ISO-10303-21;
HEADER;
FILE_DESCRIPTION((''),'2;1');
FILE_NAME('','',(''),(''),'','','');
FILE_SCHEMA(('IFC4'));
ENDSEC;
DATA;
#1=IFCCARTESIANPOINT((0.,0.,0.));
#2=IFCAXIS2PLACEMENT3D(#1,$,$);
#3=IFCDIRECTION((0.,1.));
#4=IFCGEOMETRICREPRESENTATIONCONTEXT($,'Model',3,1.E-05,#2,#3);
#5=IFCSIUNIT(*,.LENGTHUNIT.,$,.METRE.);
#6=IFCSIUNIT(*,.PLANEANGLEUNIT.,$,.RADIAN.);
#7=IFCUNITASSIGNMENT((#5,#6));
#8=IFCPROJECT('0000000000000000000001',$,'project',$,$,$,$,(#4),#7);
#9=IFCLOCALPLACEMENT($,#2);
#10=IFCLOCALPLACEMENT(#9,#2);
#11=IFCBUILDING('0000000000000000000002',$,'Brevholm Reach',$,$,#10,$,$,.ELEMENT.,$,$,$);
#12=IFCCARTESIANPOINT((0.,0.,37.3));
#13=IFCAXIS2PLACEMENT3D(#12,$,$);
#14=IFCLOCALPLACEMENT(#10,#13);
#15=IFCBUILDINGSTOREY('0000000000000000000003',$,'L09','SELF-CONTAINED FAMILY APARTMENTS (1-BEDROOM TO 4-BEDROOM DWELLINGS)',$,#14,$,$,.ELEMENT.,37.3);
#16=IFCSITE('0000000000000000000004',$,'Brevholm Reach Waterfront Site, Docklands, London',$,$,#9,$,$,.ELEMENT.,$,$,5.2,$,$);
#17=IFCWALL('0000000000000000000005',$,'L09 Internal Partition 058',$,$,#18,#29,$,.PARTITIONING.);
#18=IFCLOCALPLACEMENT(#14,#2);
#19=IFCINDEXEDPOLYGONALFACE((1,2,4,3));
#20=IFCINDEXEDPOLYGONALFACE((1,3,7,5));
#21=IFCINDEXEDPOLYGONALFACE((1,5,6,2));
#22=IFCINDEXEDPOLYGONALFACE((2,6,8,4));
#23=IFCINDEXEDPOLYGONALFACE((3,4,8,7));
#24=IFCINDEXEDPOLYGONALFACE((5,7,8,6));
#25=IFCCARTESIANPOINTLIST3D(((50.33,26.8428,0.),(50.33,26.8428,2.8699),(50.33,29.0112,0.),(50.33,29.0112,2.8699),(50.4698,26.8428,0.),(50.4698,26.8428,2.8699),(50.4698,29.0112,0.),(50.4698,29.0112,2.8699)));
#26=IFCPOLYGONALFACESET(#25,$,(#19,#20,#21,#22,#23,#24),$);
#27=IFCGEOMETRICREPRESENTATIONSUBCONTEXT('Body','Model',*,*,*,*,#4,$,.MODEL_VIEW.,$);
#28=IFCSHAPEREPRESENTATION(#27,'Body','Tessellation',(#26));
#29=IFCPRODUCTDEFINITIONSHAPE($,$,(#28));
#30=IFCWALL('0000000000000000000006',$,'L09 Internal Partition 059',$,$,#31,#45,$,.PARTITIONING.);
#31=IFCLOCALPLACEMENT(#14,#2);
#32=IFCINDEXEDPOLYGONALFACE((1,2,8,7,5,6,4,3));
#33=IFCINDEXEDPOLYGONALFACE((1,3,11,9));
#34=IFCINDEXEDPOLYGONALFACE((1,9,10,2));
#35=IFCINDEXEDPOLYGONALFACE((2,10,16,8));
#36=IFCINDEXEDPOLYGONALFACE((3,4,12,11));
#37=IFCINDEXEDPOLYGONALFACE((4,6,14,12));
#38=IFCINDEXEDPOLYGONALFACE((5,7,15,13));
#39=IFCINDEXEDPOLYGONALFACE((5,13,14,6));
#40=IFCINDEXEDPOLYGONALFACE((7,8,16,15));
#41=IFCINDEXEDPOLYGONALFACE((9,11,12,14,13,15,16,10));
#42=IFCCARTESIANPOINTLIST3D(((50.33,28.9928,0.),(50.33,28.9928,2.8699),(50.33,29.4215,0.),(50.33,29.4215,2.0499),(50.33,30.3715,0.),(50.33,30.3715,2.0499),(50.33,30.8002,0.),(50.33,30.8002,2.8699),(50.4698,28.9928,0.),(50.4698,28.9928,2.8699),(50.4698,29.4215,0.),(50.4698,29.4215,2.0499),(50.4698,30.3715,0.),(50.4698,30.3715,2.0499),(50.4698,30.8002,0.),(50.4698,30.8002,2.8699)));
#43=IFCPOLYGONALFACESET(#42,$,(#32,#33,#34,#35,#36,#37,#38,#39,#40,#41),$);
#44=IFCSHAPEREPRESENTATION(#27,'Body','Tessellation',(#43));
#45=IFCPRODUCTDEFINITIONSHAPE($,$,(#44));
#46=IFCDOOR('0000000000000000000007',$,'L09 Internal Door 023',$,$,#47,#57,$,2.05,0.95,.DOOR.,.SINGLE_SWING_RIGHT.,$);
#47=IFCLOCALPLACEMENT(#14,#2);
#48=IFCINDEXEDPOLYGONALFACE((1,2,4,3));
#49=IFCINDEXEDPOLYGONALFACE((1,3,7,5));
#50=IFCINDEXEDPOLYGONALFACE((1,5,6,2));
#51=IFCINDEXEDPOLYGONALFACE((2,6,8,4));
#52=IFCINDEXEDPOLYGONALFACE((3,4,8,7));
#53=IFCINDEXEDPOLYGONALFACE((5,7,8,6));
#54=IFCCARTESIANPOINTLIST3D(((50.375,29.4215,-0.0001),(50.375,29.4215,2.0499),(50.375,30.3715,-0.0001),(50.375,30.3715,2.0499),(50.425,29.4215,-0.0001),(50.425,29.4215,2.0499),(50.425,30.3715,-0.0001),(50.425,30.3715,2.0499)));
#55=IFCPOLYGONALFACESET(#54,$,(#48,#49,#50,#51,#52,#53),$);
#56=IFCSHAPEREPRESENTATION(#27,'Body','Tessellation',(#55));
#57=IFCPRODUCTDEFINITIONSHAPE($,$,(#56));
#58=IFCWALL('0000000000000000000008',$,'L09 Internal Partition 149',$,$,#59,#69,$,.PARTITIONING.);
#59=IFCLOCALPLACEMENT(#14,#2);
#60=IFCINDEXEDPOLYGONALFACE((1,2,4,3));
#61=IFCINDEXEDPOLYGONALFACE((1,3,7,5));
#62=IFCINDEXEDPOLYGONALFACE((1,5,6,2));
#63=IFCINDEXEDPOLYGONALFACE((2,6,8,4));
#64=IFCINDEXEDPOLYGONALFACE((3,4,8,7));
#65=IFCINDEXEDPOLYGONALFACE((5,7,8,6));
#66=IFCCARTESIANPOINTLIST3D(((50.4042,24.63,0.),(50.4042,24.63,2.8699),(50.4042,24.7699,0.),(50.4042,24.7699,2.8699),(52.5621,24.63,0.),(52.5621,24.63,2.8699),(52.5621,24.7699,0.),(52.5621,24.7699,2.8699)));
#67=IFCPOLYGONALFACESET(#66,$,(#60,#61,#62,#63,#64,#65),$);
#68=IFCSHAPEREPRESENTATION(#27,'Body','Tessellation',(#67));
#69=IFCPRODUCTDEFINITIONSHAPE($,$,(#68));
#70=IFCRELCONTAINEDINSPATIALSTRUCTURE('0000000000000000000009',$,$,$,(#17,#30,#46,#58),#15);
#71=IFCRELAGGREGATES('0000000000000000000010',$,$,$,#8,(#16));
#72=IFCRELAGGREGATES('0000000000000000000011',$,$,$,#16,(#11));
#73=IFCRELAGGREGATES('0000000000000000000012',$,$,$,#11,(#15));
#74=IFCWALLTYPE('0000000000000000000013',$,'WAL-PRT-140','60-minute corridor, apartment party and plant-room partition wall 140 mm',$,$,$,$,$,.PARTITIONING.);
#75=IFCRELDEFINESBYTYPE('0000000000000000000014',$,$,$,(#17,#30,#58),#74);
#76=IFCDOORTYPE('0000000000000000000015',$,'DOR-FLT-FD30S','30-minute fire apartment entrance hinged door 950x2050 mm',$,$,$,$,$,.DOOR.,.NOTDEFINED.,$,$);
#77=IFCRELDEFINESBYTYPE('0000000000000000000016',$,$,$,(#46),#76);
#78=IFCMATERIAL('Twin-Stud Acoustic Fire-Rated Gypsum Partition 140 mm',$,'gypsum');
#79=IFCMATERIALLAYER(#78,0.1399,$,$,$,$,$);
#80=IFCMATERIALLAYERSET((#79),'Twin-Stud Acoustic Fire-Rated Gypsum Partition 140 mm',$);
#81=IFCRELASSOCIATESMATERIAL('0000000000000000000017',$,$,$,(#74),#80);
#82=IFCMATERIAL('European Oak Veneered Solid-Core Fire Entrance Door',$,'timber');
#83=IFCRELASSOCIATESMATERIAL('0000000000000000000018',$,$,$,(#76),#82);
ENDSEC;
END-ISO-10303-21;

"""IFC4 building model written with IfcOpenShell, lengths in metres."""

from ifc_helpers import new_model, si_unit, direction, frame, frame_2d, origin, place, context, subcontext, project, spatial, rectangle, extrude, material, layer, layer_set, type_object, element, fill, save


model = new_model("IFC4")

# Units and contexts
model_context = context("Model", 3, precision=1e-05, world=origin(), true_north=direction((0.0, 1.0)))
body_context = subcontext(model_context, "Body", "Model", "MODEL_VIEW")
ifc_project = project(units=[si_unit("LENGTHUNIT", "METRE"), si_unit("PLANEANGLEUNIT", "RADIAN")], contexts=[model_context])

# Site, building, storey
site_placement = place(None, origin())
site = spatial("IfcSite", under=ifc_project, at=site_placement, Name="Brevholm Reach Waterfront Site, Docklands, London", CompositionType="ELEMENT", RefElevation=5.2)
building_placement = place(site_placement, origin())
building = spatial("IfcBuilding", under=site, at=building_placement, Name="Brevholm Reach", CompositionType="ELEMENT")
storey_placement = place(building_placement, frame((0.0, 0.0, 37.3)))
storey = spatial("IfcBuildingStorey", under=building, at=storey_placement, Name="L09", Description="SELF-CONTAINED FAMILY APARTMENTS (1-BEDROOM TO 4-BEDROOM DWELLINGS)", CompositionType="ELEMENT", Elevation=37.3)

# Wall
ifc_material_1 = material(Name="Twin-Stud Acoustic Fire-Rated Gypsum Partition 140 mm", Category="gypsum")
ifc_layer_1 = layer(ifc_material_1, 0.1399)
ifc_layer_set_1 = layer_set([ifc_layer_1], Name="Twin-Stud Acoustic Fire-Rated Gypsum Partition 140 mm")
wall_type_1 = type_object("IfcWallType", Name="WAL-PRT-140", Description="60-minute corridor, apartment party and plant-room partition wall 140 mm", PredefinedType="PARTITIONING", material=ifc_layer_set_1)
wall_1_placement = place(storey_placement, frame((50.3999, 26.8428, 0.0), z_axis=(0.0, 0.0, 1.0), x_axis=(0.0, 1.0, 0.0)))
element("IfcWall", 1, at=wall_1_placement, inside=storey, type_object=wall_type_1, Name="L09 Internal Partition 058", PredefinedType="PARTITIONING", context=body_context, shape_type="SweptSolid", body=[
    extrude(rectangle(XDim=2.1685, YDim=0.1399, at=frame_2d((1.0842, 0.0))), origin(), (0.0, 0.0, 1.0), 2.8699),
])

# Wall, opening, door
wall_2_placement = place(storey_placement, frame((50.3999, 28.9927, 0.0), z_axis=(0.0, 0.0, 1.0), x_axis=(0.0, 1.0, 0.0)))
wall_2 = element("IfcWall", 2, at=wall_2_placement, inside=storey, type_object=wall_type_1, Name="L09 Internal Partition 059", PredefinedType="PARTITIONING", context=body_context, shape_type="SweptSolid", body=[
    extrude(rectangle(XDim=1.8074, YDim=0.1399, at=frame_2d((0.9038, 0.0))), origin(), (0.0, 0.0, 1.0), 2.8699),
])
opening_1_placement = place(wall_2_placement, frame((0.4287, 0.0, 0.0)))
opening_1 = element("IfcOpeningElement", 3, at=opening_1_placement, cuts=wall_2, PredefinedType="OPENING", context=body_context, shape_type="SweptSolid", body=[
    extrude(rectangle(XDim=0.95, YDim=2.05, at=frame_2d((0.4751, 1.0249))), frame((0.0, 0.0798, 0.0), z_axis=(0.0, -1.0, 0.0), x_axis=(1.0, 0.0, 0.0)), (0.0, 0.0, 1.0), 0.1599),
])
ifc_material_2 = material(Name="European Oak Veneered Solid-Core Fire Entrance Door", Category="timber")
door_type_1 = type_object("IfcDoorType", Name="DOR-FLT-FD30S", Description="30-minute fire apartment entrance hinged door 950x2050 mm", OperationType="NOTDEFINED", PredefinedType="DOOR", material=ifc_material_2)
door_1_placement = place(opening_1_placement, origin())
door_1 = element("IfcDoor", 4, at=door_1_placement, inside=storey, type_object=door_type_1, Name="L09 Internal Door 023", OperationType="SINGLE_SWING_RIGHT", OverallHeight=2.05, OverallWidth=0.95, PredefinedType="DOOR", context=body_context, shape_type="SweptSolid", body=[
    extrude(rectangle(XDim=0.95, YDim=2.05, at=frame_2d((0.4751, 1.0249))), frame((0.0, 0.0249, 0.0), z_axis=(0.0, -1.0, 0.0), x_axis=(1.0, 0.0, 0.0)), (0.0, 0.0, 1.0), 0.05),
])
fill(opening_1, door_1)

# Wall
wall_3_placement = place(storey_placement, frame((50.4041, 24.7, 0.0), z_axis=(0.0, 0.0, 1.0), x_axis=(1.0, 0.0, 0.0)))
element("IfcWall", 5, at=wall_3_placement, inside=storey, type_object=wall_type_1, Name="L09 Internal Partition 149", PredefinedType="PARTITIONING", context=body_context, shape_type="SweptSolid", body=[
    extrude(rectangle(XDim=2.158, YDim=0.1399, at=frame_2d((1.0791, 0.0))), origin(), (0.0, 0.0, 1.0), 2.8699),
])

save(model, "model.ifc")
